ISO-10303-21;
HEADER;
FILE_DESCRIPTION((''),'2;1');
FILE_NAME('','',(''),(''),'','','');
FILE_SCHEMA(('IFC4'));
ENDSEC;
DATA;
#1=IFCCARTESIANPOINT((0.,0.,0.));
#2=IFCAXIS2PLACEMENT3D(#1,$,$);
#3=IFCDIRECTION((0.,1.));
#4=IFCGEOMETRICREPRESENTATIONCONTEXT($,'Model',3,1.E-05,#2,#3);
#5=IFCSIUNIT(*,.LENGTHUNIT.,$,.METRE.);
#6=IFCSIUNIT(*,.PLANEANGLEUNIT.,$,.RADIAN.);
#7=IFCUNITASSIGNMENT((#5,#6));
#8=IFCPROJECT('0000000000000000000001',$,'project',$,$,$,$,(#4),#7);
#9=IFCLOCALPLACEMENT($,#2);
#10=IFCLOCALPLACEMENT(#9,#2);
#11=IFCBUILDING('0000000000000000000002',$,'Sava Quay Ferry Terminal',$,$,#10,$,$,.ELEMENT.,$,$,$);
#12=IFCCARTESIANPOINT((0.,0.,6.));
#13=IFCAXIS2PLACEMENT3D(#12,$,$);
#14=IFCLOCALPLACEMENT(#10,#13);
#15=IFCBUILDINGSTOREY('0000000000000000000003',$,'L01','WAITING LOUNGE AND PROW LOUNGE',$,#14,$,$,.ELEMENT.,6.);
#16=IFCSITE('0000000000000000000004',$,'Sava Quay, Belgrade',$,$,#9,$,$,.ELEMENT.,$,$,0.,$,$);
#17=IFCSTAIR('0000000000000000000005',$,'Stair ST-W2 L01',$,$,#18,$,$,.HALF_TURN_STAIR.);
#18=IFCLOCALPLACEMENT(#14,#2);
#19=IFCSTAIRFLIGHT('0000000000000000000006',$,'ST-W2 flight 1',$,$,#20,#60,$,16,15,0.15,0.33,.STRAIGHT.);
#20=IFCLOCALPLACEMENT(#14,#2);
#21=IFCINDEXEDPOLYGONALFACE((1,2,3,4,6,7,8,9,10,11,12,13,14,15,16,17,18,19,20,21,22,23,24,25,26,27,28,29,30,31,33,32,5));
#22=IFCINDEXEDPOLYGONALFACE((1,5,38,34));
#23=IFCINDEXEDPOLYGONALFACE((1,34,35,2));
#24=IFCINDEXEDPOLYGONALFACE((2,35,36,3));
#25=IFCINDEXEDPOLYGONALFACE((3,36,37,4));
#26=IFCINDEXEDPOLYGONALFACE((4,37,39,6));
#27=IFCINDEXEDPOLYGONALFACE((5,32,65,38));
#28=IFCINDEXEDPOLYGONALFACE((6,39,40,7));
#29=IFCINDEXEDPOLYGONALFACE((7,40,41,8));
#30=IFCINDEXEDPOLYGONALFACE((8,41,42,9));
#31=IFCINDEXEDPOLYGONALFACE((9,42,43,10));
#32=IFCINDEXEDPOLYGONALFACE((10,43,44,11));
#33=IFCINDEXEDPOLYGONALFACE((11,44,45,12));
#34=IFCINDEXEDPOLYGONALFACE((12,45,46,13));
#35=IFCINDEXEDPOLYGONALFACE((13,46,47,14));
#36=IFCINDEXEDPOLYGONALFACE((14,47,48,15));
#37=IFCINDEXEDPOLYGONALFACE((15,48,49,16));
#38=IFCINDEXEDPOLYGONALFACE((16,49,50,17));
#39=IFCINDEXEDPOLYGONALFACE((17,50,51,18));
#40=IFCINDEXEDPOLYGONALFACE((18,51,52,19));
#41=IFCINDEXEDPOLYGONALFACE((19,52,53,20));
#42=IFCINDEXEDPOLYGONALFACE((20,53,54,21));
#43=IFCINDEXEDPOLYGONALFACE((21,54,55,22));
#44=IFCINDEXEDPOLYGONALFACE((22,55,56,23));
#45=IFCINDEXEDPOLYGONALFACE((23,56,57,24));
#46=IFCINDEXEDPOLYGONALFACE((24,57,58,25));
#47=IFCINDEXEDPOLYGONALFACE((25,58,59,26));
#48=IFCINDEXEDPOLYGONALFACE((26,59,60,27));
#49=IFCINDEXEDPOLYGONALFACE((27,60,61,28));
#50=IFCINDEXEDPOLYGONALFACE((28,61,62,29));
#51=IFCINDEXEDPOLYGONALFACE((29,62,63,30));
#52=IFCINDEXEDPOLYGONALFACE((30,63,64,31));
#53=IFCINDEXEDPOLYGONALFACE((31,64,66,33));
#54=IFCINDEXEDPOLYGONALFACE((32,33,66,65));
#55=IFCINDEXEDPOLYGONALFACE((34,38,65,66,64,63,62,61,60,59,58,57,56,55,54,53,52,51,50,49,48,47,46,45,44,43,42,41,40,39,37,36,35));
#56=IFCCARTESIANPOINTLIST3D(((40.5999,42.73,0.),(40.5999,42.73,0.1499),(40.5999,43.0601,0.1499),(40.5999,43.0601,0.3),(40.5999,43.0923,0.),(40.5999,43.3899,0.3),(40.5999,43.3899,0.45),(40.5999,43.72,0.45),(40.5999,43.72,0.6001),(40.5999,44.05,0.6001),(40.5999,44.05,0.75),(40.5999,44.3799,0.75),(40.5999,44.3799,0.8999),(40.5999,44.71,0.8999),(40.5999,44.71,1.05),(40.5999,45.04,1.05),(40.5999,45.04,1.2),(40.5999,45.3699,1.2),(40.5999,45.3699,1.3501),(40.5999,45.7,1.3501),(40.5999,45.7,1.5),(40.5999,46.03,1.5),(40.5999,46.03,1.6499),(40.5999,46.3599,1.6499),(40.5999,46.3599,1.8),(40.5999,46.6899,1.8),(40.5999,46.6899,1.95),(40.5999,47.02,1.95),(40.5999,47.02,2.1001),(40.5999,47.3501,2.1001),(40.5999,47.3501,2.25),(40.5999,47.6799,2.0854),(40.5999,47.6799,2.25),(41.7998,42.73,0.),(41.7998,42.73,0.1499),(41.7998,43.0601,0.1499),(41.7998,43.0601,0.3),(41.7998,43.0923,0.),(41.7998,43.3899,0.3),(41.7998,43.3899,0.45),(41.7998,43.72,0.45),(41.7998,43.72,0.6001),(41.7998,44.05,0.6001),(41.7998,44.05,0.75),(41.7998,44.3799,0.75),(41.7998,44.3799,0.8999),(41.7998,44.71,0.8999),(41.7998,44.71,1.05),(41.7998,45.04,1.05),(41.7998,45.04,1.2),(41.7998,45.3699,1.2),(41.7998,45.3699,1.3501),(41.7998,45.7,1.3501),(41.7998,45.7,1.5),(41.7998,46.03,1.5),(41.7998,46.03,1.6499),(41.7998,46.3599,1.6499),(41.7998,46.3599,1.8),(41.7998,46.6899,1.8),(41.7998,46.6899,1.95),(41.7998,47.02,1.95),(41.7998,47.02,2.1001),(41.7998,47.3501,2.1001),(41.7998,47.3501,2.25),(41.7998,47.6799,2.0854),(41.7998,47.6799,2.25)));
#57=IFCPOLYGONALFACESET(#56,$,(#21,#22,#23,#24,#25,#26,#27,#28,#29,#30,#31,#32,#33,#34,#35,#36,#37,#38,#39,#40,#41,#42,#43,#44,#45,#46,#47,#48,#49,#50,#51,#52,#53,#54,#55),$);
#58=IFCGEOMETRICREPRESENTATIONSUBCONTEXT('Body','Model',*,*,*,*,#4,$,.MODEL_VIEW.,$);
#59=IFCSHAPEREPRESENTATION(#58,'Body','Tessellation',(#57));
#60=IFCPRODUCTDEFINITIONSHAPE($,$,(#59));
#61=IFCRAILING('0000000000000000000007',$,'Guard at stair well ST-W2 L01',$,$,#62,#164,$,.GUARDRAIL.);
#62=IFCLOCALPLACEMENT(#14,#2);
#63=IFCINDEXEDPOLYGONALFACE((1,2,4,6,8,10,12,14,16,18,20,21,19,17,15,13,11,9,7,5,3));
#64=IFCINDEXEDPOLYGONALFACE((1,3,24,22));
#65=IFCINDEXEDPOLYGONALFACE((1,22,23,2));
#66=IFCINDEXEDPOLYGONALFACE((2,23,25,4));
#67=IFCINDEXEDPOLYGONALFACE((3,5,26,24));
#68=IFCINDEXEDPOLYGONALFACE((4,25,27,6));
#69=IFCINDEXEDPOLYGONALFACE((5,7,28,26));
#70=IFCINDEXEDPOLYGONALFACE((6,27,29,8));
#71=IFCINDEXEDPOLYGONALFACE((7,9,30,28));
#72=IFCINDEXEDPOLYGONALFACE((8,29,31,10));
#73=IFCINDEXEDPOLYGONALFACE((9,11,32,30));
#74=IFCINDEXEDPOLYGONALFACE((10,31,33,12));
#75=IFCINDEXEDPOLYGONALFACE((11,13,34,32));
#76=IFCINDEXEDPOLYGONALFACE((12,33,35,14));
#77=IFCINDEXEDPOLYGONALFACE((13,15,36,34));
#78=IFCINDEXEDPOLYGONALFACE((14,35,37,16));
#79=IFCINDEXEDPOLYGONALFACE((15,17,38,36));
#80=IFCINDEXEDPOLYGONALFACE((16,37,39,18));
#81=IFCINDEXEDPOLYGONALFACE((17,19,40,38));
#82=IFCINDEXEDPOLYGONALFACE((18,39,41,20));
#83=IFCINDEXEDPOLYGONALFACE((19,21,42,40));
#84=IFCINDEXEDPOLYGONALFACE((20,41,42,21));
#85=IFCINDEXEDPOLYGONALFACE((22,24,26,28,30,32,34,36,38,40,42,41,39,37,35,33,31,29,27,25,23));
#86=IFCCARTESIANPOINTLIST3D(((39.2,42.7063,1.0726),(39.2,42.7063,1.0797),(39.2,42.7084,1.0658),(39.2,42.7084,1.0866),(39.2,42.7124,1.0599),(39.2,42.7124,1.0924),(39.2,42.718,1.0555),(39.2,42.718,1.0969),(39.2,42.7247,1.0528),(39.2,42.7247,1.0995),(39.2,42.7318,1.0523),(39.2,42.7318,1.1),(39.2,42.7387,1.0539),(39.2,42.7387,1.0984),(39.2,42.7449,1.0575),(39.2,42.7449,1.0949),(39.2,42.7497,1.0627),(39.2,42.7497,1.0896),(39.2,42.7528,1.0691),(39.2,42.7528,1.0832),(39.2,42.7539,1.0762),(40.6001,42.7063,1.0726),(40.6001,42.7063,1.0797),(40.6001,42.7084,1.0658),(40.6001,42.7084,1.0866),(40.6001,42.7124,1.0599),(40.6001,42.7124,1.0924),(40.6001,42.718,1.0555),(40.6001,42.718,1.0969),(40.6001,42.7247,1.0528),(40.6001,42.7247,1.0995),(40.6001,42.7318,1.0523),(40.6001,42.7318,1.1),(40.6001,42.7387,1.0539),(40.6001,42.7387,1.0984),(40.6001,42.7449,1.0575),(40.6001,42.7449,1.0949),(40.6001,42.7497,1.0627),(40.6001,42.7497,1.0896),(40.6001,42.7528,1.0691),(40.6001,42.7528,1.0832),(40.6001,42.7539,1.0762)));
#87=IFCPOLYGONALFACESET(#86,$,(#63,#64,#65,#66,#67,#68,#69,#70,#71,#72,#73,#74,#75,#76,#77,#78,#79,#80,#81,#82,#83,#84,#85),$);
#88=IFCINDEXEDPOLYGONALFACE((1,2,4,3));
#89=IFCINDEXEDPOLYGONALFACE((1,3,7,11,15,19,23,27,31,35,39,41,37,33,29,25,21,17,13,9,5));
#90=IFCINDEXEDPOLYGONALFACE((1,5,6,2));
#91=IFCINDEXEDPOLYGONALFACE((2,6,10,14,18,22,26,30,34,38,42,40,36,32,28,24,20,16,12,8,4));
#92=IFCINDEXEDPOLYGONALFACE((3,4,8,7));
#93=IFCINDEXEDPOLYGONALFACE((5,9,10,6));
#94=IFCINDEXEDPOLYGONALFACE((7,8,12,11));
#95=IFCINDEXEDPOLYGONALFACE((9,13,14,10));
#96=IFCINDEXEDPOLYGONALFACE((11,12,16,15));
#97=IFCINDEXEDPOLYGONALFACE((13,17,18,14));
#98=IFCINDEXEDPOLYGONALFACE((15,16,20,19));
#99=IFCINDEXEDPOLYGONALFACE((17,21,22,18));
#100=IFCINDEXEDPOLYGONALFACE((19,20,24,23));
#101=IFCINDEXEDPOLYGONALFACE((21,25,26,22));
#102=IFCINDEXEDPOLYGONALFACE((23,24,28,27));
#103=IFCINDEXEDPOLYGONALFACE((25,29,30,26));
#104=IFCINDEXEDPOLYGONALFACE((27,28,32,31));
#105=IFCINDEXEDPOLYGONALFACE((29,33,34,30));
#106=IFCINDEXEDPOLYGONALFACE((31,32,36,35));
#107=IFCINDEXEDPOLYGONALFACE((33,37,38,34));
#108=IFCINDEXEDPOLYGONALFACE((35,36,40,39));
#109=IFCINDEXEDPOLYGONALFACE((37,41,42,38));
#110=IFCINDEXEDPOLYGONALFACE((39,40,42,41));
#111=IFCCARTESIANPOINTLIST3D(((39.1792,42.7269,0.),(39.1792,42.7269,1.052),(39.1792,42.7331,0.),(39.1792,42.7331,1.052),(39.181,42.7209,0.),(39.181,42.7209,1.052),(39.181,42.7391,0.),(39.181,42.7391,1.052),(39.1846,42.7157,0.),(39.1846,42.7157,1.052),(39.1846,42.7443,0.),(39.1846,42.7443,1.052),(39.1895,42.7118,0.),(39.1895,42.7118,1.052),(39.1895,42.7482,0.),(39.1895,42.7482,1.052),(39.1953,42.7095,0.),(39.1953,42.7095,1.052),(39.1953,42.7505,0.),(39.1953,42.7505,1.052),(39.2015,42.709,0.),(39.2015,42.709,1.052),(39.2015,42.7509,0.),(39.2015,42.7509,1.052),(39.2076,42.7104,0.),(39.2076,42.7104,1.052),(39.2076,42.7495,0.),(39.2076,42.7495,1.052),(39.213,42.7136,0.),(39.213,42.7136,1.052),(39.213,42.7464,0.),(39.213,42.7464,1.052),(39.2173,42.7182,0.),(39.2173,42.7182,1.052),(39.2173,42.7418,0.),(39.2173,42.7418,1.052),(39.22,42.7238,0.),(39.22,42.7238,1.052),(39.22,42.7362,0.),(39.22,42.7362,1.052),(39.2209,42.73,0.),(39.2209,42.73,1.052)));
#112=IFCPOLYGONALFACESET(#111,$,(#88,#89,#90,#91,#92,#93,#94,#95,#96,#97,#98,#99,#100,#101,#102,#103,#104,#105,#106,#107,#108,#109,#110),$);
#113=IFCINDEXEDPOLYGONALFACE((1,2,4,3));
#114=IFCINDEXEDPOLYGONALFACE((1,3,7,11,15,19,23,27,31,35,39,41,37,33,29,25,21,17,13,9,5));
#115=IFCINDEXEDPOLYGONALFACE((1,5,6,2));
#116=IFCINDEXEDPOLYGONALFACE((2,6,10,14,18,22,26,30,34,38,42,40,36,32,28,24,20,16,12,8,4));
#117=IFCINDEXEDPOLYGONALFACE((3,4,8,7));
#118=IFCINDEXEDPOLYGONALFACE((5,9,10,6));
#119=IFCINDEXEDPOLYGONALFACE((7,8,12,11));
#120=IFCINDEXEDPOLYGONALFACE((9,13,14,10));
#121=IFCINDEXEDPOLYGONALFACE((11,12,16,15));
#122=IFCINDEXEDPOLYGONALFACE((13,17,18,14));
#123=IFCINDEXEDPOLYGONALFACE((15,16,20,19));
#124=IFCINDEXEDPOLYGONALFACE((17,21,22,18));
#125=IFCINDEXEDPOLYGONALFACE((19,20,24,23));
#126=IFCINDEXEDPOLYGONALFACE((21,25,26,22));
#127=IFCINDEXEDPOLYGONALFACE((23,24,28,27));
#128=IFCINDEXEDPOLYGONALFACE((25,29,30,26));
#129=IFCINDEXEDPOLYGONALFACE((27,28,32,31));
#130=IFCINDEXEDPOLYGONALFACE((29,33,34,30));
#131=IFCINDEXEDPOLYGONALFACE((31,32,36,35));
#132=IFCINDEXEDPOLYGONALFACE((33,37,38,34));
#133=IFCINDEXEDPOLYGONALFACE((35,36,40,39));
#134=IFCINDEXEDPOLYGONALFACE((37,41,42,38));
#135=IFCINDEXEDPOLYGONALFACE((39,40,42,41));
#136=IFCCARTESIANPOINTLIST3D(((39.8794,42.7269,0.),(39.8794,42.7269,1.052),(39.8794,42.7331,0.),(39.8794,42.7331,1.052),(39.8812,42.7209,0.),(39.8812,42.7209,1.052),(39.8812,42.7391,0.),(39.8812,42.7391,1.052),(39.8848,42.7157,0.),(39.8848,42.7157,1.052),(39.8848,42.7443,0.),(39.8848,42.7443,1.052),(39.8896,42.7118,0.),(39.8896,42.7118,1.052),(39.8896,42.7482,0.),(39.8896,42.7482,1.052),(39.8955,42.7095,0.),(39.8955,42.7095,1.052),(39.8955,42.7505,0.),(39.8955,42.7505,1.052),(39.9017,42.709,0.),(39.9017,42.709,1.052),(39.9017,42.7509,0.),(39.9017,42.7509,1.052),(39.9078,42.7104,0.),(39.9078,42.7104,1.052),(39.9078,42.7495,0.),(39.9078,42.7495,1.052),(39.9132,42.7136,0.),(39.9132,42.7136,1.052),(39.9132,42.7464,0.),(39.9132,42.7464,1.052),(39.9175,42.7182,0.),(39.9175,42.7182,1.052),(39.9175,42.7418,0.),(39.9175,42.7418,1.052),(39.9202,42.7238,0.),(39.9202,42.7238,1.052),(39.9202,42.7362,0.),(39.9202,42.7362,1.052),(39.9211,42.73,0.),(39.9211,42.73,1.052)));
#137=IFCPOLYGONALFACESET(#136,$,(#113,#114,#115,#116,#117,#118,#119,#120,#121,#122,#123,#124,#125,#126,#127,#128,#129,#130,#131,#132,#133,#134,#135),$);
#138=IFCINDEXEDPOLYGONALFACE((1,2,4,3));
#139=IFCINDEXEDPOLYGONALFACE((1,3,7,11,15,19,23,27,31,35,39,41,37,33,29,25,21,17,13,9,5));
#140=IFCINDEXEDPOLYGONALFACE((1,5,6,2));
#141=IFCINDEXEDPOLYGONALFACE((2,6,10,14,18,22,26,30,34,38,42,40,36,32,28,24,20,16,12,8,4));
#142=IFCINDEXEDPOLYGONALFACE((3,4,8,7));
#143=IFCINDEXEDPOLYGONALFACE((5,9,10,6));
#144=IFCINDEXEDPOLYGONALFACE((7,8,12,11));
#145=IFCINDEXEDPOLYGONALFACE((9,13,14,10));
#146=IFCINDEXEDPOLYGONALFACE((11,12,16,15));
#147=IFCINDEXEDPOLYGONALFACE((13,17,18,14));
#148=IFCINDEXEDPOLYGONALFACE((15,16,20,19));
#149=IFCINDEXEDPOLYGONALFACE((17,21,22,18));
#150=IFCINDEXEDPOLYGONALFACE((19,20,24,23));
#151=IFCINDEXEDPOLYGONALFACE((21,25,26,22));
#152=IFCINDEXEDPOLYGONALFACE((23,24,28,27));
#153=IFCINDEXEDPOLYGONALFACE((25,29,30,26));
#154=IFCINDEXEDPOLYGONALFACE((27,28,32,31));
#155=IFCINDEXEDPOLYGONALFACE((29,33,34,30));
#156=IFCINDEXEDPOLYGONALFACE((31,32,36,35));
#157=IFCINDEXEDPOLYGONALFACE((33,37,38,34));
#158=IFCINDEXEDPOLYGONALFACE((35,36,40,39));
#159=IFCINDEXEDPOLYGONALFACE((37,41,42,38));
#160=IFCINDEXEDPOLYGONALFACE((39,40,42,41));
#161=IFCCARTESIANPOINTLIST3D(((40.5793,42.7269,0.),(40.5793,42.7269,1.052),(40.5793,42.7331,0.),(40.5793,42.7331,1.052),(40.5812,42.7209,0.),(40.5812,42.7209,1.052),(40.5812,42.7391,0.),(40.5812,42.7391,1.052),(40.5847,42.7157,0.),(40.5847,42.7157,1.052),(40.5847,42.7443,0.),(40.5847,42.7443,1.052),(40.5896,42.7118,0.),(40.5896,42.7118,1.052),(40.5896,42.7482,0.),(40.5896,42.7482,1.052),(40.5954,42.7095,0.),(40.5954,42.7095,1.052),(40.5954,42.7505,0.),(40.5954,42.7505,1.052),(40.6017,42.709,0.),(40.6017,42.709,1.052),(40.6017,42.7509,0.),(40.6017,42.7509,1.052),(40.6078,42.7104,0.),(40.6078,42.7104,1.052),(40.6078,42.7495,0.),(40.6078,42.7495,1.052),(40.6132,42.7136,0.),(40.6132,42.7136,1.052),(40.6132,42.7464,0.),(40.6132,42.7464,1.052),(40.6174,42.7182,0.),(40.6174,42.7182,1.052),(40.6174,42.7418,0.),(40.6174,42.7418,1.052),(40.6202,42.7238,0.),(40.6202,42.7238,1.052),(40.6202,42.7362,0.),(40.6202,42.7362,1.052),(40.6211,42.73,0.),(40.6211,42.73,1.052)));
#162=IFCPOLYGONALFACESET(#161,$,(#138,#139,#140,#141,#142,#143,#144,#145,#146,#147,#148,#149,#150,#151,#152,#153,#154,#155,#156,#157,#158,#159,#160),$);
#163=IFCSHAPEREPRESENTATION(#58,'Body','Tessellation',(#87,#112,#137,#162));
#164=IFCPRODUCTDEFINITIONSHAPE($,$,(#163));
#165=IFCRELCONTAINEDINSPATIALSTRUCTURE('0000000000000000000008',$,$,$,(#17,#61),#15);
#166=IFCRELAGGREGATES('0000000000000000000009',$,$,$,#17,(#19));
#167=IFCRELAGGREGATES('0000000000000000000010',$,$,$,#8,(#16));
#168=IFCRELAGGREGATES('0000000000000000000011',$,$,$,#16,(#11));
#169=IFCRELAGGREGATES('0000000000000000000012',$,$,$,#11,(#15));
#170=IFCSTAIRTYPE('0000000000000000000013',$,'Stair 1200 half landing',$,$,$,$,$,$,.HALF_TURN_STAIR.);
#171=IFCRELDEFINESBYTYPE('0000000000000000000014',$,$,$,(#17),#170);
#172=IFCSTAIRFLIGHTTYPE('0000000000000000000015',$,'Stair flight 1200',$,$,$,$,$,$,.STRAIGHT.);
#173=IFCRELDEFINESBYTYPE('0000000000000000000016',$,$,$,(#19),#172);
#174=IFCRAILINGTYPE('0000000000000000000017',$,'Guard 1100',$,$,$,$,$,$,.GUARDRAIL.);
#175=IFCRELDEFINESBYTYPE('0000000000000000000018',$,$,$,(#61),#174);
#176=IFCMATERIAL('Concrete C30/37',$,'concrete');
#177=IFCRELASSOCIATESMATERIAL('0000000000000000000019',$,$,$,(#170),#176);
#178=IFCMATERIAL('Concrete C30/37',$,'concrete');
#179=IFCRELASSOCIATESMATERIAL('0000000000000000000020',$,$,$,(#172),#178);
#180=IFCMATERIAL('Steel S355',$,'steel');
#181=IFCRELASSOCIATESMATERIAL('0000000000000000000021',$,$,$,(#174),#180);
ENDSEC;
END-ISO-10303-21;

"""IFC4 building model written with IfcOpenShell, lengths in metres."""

from ifc_helpers import new_model, si_unit, direction, frame, origin, origin_2d, place, context, subcontext, project, spatial, polyline, circle, outline, extrude, material, type_object, element, aggregate, save


model = new_model("IFC4")

# Units and contexts
model_context = context("Model", 3, precision=1e-05, world=origin(), true_north=direction((0.0, 1.0)))
body_context = subcontext(model_context, "Body", "Model", "MODEL_VIEW")
ifc_project = project(units=[si_unit("LENGTHUNIT", "METRE"), si_unit("PLANEANGLEUNIT", "RADIAN")], contexts=[model_context])

# Site, building, storey
site_placement = place(None, origin())
site = spatial("IfcSite", under=ifc_project, at=site_placement, Name="Sava Quay, Belgrade", CompositionType="ELEMENT", RefElevation=0.0)
building_placement = place(site_placement, origin())
building = spatial("IfcBuilding", under=site, at=building_placement, Name="Sava Quay Ferry Terminal", CompositionType="ELEMENT")
storey_placement = place(building_placement, frame((0.0, 0.0, 6.0)))
storey = spatial("IfcBuildingStorey", under=building, at=storey_placement, Name="L01", Description="WAITING LOUNGE AND PROW LOUNGE", CompositionType="ELEMENT", Elevation=6.0)

# Stair, stair flight
ifc_material_1 = material(Name="Concrete C30/37", Category="concrete")
stair_type = type_object("IfcStairType", Name="Stair 1200 half landing", PredefinedType="HALF_TURN_STAIR", material=ifc_material_1)
stair_placement = place(storey_placement, origin())
stair = element("IfcStair", 1, at=stair_placement, inside=storey, type_object=stair_type, Name="Stair ST-W2 L01", PredefinedType="HALF_TURN_STAIR")
ifc_material_2 = material(Name="Concrete C30/37", Category="concrete")
stair_flight_type = type_object("IfcStairFlightType", Name="Stair flight 1200", PredefinedType="STRAIGHT", material=ifc_material_2)
stair_flight_placement = place(storey_placement, frame((41.2, 42.73, 0.0), z_axis=(0.0, 0.0, 1.0), x_axis=(0.0, 1.0, 0.0)))
stair_flight = element("IfcStairFlight", 2, at=stair_flight_placement, type_object=stair_flight_type, Name="ST-W2 flight 1", NumberOfRisers=16, NumberOfTreads=15, PredefinedType="STRAIGHT", RiserHeight=0.15, TreadLength=0.33, context=body_context, shape_type="SweptSolid", body=[
    extrude(outline(polyline([(0.0, 0.0), (0.0, 0.1499), (0.3301, 0.1499), (0.3301, 0.3), (0.6599, 0.3), (0.6599, 0.45), (0.99, 0.45), (0.99, 0.6001), (1.3201, 0.6001), (1.3201, 0.75), (1.6499, 0.75), (1.6499, 0.8999), (1.98, 0.8999), (1.98, 1.05), (2.3101, 1.05), (2.3101, 1.2), (2.6399, 1.2), (2.6399, 1.3501), (2.97, 1.3501), (2.97, 1.5), (3.3, 1.5), (3.3, 1.6499), (3.6299, 1.6499), (3.6299, 1.8), (3.96, 1.8), (3.96, 1.95), (4.29, 1.95), (4.29, 2.1001), (4.6201, 2.1001), (4.6201, 2.25), (4.95, 2.25), (4.95, 2.3999), (4.95, 2.0854), (0.3623, 0.0), (0.0, 0.0)])), frame((0.0, 0.6001, 0.0), z_axis=(0.0, -1.0, 0.0), x_axis=(1.0, 0.0, 0.0)), (0.0, 0.0, 1.0), 1.2),
])
aggregate(stair, [stair_flight])

# Railing
ifc_material_3 = material(Name="Steel S355", Category="steel")
railing_type_1 = type_object("IfcRailingType", Name="Guard 1100", PredefinedType="GUARDRAIL", material=ifc_material_3)
railing_1_placement = place(storey_placement, frame((39.2, 42.73, 0.0)))
element("IfcRailing", 3, at=railing_1_placement, inside=storey, type_object=railing_type_1, Name="Guard at stair well ST-W2 L01", PredefinedType="GUARDRAIL", context=body_context, shape_type="SweptSolid", body=[
    extrude(circle(Radius=0.0239, at=origin_2d()), frame((0.0, 0.0, 1.0762), z_axis=(1.0, 0.0, 0.0), x_axis=(0.0, 1.0, 0.0)), (0.0, 0.0, 1.0), 1.4001),
    extrude(circle(Radius=0.021, at=origin_2d()), origin(), (0.0, 0.0, 1.0), 1.052),
    extrude(circle(Radius=0.021, at=origin_2d()), frame((0.7002, 0.0, 0.0)), (0.0, 0.0, 1.0), 1.052),
    extrude(circle(Radius=0.021, at=origin_2d()), frame((1.4001, 0.0, 0.0)), (0.0, 0.0, 1.0), 1.052),
])

save(model, "model.ifc")
